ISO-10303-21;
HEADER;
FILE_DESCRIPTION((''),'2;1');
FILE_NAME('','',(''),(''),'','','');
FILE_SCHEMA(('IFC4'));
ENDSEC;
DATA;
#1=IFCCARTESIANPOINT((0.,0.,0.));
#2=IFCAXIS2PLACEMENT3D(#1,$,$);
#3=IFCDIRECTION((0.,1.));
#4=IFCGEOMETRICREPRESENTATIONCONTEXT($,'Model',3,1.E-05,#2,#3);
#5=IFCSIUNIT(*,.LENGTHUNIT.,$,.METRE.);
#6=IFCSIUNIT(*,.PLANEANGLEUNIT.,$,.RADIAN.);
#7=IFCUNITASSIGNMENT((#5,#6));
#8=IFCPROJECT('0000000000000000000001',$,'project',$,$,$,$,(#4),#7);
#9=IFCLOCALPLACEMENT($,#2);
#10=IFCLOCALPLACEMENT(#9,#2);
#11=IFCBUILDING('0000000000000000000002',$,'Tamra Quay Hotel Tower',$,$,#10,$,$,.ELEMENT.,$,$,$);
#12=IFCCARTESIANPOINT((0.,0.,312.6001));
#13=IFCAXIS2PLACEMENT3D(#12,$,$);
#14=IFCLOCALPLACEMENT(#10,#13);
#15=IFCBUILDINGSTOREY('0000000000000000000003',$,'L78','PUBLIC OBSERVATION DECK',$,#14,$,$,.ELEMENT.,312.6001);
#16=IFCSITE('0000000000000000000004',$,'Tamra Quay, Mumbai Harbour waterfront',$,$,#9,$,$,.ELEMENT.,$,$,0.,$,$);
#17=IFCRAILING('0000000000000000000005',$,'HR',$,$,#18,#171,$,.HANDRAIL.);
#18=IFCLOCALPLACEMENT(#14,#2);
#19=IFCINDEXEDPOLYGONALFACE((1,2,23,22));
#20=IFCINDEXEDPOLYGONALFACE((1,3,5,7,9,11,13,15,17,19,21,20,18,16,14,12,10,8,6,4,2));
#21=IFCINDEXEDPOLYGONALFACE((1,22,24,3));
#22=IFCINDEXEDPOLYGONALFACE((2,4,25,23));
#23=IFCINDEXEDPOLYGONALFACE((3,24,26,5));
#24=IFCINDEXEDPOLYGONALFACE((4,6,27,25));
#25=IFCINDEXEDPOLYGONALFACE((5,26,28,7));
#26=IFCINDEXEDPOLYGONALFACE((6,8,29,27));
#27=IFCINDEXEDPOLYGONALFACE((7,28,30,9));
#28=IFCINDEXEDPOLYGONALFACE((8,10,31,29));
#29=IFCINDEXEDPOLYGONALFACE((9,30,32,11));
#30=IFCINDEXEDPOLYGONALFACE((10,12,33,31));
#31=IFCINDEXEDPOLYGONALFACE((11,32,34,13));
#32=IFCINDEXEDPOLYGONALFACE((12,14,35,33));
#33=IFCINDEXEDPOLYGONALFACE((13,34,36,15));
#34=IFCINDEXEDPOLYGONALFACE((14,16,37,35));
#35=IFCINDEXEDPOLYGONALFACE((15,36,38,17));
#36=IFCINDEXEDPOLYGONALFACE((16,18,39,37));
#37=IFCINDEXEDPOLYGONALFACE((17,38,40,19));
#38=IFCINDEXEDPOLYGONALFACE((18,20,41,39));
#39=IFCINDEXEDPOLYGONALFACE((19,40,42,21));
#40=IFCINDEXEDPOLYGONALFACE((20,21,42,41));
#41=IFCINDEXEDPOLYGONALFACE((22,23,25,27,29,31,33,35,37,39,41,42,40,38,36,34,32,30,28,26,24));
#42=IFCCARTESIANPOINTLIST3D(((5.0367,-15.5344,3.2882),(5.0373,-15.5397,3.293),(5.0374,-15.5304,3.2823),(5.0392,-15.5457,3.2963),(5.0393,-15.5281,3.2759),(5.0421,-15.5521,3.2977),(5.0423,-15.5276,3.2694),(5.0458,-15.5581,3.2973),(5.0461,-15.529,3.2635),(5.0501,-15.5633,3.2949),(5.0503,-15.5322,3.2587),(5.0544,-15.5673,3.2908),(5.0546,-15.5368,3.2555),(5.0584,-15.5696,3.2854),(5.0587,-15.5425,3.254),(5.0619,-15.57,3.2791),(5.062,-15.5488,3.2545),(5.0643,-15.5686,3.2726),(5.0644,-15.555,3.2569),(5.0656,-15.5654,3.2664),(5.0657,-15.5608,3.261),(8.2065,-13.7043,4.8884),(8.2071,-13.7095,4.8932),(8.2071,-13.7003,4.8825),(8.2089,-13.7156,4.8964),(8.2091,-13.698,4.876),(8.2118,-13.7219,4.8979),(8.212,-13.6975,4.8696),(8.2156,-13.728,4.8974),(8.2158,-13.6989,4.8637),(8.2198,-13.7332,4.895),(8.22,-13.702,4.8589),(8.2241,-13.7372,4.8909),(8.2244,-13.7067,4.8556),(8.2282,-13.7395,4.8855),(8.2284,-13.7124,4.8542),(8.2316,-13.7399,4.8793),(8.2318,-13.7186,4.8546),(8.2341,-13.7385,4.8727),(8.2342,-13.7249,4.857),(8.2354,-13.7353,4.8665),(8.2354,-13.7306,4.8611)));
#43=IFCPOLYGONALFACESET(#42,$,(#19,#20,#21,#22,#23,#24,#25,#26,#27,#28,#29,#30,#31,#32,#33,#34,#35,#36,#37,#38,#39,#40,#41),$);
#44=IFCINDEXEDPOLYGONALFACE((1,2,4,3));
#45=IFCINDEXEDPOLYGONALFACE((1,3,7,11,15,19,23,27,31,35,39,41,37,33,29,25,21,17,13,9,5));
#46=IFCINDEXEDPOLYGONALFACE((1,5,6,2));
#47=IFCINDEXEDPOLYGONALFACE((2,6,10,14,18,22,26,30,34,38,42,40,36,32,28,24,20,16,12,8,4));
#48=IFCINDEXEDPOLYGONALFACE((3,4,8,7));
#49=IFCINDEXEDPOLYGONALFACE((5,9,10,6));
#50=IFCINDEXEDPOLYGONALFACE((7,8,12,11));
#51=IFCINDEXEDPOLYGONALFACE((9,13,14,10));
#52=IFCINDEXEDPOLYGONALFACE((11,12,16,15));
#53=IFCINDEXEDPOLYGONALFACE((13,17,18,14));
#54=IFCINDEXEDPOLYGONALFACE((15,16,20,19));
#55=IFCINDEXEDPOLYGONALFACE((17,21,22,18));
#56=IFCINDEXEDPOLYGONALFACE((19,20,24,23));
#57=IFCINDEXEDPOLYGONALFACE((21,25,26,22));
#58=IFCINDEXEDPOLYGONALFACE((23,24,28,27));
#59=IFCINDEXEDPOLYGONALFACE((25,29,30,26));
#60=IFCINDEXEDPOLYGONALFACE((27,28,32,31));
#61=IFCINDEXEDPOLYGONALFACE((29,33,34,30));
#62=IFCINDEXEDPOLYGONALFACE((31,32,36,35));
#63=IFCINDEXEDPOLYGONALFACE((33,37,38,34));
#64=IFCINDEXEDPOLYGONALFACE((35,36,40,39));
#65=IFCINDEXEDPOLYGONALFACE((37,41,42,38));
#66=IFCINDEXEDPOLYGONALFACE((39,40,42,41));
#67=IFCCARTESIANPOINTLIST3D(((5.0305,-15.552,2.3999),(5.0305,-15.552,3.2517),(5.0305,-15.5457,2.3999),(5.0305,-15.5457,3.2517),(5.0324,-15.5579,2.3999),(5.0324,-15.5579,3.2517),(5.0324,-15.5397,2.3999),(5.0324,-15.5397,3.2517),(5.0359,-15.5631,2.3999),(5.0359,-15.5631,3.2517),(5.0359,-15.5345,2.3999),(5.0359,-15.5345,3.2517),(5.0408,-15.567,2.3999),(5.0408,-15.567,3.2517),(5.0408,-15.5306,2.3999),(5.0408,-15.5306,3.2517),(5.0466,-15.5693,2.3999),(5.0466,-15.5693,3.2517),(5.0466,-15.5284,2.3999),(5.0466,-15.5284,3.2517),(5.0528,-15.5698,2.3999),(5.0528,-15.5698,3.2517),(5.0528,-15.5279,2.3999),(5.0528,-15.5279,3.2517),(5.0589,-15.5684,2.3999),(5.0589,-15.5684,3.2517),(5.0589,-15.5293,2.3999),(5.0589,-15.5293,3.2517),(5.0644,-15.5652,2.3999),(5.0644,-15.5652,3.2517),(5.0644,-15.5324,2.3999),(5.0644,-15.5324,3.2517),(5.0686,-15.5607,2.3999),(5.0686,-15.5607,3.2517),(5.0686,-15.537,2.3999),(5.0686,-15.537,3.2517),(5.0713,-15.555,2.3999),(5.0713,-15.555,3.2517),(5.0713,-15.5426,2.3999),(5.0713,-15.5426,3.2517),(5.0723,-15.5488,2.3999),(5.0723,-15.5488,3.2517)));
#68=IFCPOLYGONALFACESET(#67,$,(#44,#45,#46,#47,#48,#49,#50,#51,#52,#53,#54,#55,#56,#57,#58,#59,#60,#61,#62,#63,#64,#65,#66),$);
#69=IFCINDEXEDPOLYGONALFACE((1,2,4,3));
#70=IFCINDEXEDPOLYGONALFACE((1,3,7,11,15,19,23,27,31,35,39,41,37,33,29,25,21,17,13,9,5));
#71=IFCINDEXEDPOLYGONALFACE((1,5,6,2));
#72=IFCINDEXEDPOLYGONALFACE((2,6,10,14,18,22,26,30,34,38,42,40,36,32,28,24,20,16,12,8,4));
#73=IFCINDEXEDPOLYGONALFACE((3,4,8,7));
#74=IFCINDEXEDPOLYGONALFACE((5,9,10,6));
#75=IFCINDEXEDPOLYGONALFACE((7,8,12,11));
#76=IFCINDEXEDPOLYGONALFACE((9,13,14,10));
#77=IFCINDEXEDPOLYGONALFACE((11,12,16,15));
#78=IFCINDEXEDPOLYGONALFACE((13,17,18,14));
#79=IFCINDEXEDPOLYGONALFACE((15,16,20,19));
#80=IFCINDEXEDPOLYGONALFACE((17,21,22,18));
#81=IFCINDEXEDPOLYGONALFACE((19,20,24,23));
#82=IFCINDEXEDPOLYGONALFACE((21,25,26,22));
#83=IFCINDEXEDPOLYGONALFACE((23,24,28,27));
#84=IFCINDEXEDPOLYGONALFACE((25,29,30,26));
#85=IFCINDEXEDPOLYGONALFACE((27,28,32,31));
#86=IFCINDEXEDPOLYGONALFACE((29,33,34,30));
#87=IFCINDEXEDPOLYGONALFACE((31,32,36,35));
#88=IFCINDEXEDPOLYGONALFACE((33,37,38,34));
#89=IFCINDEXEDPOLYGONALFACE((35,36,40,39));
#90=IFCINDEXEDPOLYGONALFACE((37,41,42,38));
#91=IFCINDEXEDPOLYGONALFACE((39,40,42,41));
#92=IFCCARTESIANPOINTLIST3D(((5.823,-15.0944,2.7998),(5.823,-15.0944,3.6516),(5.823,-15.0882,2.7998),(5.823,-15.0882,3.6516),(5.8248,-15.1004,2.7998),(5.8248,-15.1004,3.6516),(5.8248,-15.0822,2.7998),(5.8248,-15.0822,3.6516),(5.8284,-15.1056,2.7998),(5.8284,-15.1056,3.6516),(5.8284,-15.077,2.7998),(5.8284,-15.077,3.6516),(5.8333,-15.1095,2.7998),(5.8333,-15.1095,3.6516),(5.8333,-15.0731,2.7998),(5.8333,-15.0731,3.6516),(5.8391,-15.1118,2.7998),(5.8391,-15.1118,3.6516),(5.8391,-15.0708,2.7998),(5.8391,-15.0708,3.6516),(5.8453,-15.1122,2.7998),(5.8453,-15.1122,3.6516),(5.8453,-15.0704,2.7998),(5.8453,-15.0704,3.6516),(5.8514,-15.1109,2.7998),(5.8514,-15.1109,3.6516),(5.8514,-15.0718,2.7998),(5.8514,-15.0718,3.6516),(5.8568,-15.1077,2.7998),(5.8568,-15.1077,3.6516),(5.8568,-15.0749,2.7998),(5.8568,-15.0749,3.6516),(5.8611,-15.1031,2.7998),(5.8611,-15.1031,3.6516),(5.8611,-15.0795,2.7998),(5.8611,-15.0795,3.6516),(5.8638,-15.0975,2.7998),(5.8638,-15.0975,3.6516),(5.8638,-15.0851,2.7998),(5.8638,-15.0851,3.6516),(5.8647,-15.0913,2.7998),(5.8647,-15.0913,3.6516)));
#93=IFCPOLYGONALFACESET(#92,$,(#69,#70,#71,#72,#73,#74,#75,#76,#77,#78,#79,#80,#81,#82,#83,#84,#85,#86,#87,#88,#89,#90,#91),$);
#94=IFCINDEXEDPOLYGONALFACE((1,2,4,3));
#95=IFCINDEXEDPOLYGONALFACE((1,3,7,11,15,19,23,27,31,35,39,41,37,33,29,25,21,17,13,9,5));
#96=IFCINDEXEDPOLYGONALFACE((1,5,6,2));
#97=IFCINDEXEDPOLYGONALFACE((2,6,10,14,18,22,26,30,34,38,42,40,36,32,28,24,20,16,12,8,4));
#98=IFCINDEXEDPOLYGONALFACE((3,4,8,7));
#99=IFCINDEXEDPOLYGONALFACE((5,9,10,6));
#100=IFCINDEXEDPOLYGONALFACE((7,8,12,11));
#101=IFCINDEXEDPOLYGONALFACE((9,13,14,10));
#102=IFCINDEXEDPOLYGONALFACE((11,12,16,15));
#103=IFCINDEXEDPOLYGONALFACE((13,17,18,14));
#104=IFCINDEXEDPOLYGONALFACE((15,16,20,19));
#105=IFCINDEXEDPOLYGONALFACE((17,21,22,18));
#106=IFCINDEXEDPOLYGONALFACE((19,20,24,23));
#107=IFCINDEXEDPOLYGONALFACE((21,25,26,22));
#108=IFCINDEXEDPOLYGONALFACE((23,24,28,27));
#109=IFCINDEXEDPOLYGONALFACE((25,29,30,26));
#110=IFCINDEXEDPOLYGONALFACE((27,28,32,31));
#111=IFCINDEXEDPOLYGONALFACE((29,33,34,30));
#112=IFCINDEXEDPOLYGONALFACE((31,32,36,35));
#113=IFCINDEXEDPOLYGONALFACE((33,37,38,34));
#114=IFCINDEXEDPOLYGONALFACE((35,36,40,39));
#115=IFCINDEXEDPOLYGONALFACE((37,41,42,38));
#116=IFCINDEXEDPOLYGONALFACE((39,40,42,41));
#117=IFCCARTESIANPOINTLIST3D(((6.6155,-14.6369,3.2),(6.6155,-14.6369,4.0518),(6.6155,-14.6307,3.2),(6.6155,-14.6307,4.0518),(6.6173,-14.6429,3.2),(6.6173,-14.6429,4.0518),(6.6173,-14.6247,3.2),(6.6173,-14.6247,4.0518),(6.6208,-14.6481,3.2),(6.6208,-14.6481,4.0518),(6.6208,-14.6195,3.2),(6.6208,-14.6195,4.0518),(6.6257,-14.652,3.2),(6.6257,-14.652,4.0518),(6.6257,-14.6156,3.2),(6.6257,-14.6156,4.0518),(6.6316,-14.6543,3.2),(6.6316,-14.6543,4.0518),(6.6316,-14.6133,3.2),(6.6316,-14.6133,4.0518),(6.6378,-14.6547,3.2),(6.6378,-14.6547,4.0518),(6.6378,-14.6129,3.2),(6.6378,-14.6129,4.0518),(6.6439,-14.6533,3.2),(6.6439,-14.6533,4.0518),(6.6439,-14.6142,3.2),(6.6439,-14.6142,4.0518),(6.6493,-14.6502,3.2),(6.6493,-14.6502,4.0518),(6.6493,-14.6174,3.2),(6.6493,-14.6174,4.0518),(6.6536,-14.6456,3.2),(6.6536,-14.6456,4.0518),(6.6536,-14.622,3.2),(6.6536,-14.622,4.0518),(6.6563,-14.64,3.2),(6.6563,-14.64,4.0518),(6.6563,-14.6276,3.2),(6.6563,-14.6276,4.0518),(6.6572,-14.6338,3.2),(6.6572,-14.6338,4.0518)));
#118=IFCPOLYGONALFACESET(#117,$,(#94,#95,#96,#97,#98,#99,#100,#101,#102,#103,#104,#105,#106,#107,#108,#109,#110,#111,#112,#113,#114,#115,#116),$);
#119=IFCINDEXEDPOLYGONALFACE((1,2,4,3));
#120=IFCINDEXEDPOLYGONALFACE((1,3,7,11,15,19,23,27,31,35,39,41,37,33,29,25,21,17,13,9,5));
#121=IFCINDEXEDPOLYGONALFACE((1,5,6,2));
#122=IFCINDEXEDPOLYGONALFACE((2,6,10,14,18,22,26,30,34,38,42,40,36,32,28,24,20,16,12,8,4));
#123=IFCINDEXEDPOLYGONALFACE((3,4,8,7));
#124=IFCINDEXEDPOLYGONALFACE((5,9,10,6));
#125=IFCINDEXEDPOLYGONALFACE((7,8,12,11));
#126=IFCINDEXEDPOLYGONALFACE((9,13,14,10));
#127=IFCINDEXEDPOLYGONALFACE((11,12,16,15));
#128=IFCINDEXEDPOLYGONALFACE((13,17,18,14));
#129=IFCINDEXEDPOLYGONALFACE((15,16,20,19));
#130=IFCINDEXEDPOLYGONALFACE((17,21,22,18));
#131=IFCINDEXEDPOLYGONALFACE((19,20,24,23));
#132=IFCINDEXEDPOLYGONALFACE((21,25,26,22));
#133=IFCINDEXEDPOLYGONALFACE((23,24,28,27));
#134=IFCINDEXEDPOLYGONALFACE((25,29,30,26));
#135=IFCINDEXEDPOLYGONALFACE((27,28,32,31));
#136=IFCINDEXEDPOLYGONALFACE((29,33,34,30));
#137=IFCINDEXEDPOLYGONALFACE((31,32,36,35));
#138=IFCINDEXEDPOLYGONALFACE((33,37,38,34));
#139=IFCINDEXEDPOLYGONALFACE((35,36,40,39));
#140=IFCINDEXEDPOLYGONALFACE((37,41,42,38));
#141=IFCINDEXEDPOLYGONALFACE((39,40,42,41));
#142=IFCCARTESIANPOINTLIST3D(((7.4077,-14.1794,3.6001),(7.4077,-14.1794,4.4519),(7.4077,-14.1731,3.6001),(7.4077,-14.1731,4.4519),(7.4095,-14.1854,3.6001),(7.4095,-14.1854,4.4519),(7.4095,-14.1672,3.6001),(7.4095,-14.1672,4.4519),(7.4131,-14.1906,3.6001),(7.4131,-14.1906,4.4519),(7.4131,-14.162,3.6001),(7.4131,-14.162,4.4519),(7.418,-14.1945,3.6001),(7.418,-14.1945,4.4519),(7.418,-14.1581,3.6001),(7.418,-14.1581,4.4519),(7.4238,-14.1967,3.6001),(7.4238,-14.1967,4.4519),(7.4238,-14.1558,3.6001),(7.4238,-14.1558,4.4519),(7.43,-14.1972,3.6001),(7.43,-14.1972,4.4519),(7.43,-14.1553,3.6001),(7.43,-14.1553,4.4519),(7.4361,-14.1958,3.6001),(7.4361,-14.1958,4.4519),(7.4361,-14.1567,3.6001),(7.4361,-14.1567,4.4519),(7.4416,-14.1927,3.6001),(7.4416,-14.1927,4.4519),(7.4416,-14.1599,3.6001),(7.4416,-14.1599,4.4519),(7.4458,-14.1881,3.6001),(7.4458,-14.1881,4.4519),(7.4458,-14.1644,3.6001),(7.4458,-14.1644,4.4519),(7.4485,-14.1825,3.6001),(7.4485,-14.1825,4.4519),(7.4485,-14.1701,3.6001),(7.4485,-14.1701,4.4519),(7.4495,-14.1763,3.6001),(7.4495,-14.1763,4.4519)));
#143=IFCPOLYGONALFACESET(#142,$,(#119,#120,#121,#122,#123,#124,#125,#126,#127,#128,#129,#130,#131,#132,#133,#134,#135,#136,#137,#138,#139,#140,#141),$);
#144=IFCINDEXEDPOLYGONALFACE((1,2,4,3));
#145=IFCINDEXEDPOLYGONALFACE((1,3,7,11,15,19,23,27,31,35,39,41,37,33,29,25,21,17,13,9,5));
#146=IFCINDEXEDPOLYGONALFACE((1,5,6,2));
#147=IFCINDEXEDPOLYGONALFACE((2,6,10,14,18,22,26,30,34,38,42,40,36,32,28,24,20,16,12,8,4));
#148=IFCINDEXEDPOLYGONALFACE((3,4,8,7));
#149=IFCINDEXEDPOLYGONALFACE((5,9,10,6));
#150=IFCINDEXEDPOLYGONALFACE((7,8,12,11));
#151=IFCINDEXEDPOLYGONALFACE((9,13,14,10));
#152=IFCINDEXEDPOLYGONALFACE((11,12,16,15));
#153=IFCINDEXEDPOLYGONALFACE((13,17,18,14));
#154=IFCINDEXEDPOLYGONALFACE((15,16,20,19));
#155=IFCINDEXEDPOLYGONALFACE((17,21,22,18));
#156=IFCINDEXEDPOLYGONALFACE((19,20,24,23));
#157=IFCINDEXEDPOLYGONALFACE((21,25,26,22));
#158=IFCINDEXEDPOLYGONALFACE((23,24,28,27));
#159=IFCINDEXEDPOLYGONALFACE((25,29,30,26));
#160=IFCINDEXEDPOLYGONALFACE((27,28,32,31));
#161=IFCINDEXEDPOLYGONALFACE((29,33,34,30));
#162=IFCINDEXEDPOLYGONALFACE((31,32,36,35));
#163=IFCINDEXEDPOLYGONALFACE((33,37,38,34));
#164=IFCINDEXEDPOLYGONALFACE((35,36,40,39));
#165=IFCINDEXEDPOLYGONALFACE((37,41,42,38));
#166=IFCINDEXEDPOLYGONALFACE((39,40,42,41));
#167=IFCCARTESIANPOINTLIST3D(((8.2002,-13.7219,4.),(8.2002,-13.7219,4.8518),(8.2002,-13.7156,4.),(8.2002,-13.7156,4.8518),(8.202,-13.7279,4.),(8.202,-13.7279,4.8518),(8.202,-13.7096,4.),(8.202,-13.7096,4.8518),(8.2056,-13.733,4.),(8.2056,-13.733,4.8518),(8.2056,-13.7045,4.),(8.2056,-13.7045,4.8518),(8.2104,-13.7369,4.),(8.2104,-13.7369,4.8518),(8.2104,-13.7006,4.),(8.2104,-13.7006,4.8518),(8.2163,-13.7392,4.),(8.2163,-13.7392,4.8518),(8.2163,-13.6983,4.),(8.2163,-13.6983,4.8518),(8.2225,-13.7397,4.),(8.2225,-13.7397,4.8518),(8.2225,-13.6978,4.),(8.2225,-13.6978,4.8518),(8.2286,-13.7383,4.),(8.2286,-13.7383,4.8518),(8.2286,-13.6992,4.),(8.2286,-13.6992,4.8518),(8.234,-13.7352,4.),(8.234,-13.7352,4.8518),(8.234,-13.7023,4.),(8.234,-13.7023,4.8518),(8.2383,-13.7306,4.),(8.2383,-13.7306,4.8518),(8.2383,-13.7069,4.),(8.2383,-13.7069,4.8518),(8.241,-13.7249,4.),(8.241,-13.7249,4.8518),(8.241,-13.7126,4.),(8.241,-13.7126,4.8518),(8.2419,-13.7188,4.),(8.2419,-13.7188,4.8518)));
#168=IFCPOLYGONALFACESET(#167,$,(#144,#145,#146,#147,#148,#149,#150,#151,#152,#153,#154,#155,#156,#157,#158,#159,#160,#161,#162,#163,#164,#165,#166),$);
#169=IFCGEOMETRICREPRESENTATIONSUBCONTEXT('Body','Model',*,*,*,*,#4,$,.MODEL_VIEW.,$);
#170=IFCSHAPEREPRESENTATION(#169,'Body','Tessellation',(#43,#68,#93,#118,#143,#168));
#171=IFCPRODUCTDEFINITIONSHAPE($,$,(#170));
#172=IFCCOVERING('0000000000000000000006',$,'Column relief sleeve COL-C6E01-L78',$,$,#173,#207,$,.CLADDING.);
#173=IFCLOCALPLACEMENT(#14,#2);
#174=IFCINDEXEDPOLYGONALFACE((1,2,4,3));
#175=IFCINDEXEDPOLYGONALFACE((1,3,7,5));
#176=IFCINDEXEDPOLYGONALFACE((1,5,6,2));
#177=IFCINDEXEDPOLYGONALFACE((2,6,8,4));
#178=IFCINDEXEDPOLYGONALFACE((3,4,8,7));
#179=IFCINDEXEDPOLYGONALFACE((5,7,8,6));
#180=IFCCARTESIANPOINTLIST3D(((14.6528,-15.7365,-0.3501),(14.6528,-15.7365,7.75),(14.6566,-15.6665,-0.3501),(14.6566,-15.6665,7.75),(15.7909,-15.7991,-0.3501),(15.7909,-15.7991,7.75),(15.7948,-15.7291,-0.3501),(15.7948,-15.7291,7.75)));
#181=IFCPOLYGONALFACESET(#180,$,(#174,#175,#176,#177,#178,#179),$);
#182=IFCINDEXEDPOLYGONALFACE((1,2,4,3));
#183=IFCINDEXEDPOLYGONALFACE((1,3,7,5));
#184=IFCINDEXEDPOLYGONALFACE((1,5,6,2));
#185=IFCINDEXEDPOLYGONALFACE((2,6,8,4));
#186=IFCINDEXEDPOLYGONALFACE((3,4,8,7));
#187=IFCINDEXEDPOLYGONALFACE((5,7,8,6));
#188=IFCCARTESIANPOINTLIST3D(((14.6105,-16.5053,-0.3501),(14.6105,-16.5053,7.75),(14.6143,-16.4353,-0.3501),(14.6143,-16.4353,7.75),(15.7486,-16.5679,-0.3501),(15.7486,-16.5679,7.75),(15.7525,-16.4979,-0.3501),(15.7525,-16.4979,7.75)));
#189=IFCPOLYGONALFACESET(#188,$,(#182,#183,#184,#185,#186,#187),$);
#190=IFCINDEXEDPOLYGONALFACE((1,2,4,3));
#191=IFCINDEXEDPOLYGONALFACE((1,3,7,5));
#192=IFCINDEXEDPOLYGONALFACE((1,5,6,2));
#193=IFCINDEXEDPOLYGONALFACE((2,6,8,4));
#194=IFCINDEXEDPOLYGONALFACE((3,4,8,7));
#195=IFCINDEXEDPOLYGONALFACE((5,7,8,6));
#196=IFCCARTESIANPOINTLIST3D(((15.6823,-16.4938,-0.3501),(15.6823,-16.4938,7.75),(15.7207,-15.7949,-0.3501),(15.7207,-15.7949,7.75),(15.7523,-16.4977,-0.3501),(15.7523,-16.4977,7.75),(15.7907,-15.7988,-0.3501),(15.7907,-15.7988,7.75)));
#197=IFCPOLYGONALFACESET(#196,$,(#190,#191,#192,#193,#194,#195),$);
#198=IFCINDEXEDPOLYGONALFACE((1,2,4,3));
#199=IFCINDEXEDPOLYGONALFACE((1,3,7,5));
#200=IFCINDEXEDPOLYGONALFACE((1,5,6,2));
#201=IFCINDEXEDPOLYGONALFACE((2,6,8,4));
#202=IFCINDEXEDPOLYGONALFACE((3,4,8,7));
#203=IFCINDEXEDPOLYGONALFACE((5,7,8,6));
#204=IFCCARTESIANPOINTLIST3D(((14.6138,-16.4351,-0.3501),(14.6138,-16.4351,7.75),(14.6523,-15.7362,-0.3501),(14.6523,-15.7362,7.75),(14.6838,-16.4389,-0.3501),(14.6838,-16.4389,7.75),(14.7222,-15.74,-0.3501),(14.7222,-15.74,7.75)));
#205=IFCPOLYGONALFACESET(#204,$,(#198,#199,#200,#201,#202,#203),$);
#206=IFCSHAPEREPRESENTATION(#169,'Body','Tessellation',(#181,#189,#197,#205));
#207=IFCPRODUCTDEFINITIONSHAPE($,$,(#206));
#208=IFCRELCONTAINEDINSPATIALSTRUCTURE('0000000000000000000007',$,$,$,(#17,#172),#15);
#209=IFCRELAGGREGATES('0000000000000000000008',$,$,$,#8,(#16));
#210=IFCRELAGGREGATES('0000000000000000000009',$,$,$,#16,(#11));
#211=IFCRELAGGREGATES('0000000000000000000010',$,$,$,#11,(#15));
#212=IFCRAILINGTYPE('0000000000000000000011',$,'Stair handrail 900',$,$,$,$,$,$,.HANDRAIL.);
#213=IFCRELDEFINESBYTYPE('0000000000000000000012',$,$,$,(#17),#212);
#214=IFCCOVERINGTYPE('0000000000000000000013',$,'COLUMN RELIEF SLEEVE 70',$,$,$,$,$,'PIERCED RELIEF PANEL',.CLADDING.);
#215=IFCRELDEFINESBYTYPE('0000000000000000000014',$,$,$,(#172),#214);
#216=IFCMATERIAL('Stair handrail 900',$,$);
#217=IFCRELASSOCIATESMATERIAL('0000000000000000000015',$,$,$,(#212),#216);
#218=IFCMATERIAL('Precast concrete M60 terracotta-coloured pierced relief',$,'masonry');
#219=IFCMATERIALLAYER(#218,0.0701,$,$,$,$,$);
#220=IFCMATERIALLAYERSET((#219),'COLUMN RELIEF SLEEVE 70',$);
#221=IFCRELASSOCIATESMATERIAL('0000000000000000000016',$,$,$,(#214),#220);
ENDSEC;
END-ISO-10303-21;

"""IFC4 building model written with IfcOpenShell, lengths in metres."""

from ifc_helpers import new_model, si_unit, direction, frame, frame_2d, origin, origin_2d, place, context, subcontext, project, spatial, rectangle, circle, extrude, source, transform, mapped, material, layer, layer_set, type_object, element, save


model = new_model("IFC4")

# Units and contexts
model_context = context("Model", 3, precision=1e-05, world=origin(), true_north=direction((0.0, 1.0)))
body_context = subcontext(model_context, "Body", "Model", "MODEL_VIEW")
ifc_project = project(units=[si_unit("LENGTHUNIT", "METRE"), si_unit("PLANEANGLEUNIT", "RADIAN")], contexts=[model_context])

# Site, building, storey
site_placement = place(None, origin())
site = spatial("IfcSite", under=ifc_project, at=site_placement, Name="Tamra Quay, Mumbai Harbour waterfront", CompositionType="ELEMENT", RefElevation=0.0)
building_placement = place(site_placement, origin())
building = spatial("IfcBuilding", under=site, at=building_placement, Name="Tamra Quay Hotel Tower", CompositionType="ELEMENT")
storey_placement = place(building_placement, frame((0.0, 0.0, 312.6001)))
storey = spatial("IfcBuildingStorey", under=building, at=storey_placement, Name="L78", Description="PUBLIC OBSERVATION DECK", CompositionType="ELEMENT", Elevation=312.6001)

# Railing
ifc_material_1 = material(Name="Stair handrail 900")
railing_type_1 = type_object("IfcRailingType", Name="Stair handrail 900", PredefinedType="HANDRAIL", material=ifc_material_1)
railing_1_placement = place(storey_placement, frame((5.0513, -15.5488, 2.3999)))
element("IfcRailing", 1, at=railing_1_placement, inside=storey, type_object=railing_type_1, Name="HR", PredefinedType="HANDRAIL", context=body_context, shape_type="SweptSolid", body=[
    extrude(circle(Radius=0.0239, at=origin_2d()), frame((0.0, 0.0, 0.876), z_axis=(0.793502, 0.458145, 0.400571), x_axis=(-0.500013, 0.866018, 0.0)), (0.0, 0.0, 1.0), 3.9946),
    extrude(circle(Radius=0.021, at=origin_2d()), origin(), (0.0, 0.0, 1.0), 0.8518),
    extrude(circle(Radius=0.021, at=origin_2d()), frame((0.7925, 0.4575, 0.3999)), (0.0, 0.0, 1.0), 0.8518),
    extrude(circle(Radius=0.021, at=origin_2d()), frame((1.585, 0.915, 0.8)), (0.0, 0.0, 1.0), 0.8518),
    extrude(circle(Radius=0.021, at=origin_2d()), frame((2.3772, 1.3726, 1.2002)), (0.0, 0.0, 1.0), 0.8518),
    extrude(circle(Radius=0.021, at=origin_2d()), frame((3.1697, 1.8301, 1.6001)), (0.0, 0.0, 1.0), 0.8518),
])

# Covering
ifc_material_2 = material(Name="Precast concrete M60 terracotta-coloured pierced relief", Category="masonry")
ifc_layer_1 = layer(ifc_material_2, 0.0701)
ifc_layer_set_1 = layer_set([ifc_layer_1], Name="COLUMN RELIEF SLEEVE 70")
covering_type_1 = type_object("IfcCoveringType", Name="COLUMN RELIEF SLEEVE 70", ElementType="PIERCED RELIEF PANEL", PredefinedType="CLADDING", material=ifc_layer_set_1)
shared_shape_1 = source(origin(), body_context, "Body", "SweptSolid", [
    extrude(rectangle(XDim=1.1399, YDim=0.0701, at=frame_2d((0.5698, 0.0352))), frame((-0.5701, -0.4199, 0.0)), (0.0, 0.0, 1.0), 8.1001),
    extrude(rectangle(XDim=1.1399, YDim=0.0701, at=frame_2d((0.5698, 0.0352))), frame((-0.5701, 0.3501, 0.0)), (0.0, 0.0, 1.0), 8.1001),
    extrude(rectangle(XDim=0.0701, YDim=0.7, at=frame_2d((0.0352, 0.3501))), frame((-0.5701, -0.3501, 0.0)), (0.0, 0.0, 1.0), 8.1001),
    extrude(rectangle(XDim=0.0701, YDim=0.7, at=frame_2d((0.0352, 0.3501))), frame((0.5, -0.3501, 0.0)), (0.0, 0.0, 1.0), 8.1001),
])
for number, where, z_axis, x_axis, name in (
    (2, (15.2024, -16.1169, -0.3501), (0.0, 0.0, 1.0), (-0.998491, 0.054917, 0.0), "Column relief sleeve COL-C6E01-L78"),
):
    element("IfcCovering", number, at=place(storey_placement, frame(where, z_axis=z_axis, x_axis=x_axis)), inside=storey, type_object=covering_type_1, Name=name, PredefinedType="CLADDING", context=body_context, shape_type="MappedRepresentation", body=[
        mapped(shared_shape_1, transform((0.0, 0.0, 0.0), scale=1.0)),
    ])

save(model, "model.ifc")
